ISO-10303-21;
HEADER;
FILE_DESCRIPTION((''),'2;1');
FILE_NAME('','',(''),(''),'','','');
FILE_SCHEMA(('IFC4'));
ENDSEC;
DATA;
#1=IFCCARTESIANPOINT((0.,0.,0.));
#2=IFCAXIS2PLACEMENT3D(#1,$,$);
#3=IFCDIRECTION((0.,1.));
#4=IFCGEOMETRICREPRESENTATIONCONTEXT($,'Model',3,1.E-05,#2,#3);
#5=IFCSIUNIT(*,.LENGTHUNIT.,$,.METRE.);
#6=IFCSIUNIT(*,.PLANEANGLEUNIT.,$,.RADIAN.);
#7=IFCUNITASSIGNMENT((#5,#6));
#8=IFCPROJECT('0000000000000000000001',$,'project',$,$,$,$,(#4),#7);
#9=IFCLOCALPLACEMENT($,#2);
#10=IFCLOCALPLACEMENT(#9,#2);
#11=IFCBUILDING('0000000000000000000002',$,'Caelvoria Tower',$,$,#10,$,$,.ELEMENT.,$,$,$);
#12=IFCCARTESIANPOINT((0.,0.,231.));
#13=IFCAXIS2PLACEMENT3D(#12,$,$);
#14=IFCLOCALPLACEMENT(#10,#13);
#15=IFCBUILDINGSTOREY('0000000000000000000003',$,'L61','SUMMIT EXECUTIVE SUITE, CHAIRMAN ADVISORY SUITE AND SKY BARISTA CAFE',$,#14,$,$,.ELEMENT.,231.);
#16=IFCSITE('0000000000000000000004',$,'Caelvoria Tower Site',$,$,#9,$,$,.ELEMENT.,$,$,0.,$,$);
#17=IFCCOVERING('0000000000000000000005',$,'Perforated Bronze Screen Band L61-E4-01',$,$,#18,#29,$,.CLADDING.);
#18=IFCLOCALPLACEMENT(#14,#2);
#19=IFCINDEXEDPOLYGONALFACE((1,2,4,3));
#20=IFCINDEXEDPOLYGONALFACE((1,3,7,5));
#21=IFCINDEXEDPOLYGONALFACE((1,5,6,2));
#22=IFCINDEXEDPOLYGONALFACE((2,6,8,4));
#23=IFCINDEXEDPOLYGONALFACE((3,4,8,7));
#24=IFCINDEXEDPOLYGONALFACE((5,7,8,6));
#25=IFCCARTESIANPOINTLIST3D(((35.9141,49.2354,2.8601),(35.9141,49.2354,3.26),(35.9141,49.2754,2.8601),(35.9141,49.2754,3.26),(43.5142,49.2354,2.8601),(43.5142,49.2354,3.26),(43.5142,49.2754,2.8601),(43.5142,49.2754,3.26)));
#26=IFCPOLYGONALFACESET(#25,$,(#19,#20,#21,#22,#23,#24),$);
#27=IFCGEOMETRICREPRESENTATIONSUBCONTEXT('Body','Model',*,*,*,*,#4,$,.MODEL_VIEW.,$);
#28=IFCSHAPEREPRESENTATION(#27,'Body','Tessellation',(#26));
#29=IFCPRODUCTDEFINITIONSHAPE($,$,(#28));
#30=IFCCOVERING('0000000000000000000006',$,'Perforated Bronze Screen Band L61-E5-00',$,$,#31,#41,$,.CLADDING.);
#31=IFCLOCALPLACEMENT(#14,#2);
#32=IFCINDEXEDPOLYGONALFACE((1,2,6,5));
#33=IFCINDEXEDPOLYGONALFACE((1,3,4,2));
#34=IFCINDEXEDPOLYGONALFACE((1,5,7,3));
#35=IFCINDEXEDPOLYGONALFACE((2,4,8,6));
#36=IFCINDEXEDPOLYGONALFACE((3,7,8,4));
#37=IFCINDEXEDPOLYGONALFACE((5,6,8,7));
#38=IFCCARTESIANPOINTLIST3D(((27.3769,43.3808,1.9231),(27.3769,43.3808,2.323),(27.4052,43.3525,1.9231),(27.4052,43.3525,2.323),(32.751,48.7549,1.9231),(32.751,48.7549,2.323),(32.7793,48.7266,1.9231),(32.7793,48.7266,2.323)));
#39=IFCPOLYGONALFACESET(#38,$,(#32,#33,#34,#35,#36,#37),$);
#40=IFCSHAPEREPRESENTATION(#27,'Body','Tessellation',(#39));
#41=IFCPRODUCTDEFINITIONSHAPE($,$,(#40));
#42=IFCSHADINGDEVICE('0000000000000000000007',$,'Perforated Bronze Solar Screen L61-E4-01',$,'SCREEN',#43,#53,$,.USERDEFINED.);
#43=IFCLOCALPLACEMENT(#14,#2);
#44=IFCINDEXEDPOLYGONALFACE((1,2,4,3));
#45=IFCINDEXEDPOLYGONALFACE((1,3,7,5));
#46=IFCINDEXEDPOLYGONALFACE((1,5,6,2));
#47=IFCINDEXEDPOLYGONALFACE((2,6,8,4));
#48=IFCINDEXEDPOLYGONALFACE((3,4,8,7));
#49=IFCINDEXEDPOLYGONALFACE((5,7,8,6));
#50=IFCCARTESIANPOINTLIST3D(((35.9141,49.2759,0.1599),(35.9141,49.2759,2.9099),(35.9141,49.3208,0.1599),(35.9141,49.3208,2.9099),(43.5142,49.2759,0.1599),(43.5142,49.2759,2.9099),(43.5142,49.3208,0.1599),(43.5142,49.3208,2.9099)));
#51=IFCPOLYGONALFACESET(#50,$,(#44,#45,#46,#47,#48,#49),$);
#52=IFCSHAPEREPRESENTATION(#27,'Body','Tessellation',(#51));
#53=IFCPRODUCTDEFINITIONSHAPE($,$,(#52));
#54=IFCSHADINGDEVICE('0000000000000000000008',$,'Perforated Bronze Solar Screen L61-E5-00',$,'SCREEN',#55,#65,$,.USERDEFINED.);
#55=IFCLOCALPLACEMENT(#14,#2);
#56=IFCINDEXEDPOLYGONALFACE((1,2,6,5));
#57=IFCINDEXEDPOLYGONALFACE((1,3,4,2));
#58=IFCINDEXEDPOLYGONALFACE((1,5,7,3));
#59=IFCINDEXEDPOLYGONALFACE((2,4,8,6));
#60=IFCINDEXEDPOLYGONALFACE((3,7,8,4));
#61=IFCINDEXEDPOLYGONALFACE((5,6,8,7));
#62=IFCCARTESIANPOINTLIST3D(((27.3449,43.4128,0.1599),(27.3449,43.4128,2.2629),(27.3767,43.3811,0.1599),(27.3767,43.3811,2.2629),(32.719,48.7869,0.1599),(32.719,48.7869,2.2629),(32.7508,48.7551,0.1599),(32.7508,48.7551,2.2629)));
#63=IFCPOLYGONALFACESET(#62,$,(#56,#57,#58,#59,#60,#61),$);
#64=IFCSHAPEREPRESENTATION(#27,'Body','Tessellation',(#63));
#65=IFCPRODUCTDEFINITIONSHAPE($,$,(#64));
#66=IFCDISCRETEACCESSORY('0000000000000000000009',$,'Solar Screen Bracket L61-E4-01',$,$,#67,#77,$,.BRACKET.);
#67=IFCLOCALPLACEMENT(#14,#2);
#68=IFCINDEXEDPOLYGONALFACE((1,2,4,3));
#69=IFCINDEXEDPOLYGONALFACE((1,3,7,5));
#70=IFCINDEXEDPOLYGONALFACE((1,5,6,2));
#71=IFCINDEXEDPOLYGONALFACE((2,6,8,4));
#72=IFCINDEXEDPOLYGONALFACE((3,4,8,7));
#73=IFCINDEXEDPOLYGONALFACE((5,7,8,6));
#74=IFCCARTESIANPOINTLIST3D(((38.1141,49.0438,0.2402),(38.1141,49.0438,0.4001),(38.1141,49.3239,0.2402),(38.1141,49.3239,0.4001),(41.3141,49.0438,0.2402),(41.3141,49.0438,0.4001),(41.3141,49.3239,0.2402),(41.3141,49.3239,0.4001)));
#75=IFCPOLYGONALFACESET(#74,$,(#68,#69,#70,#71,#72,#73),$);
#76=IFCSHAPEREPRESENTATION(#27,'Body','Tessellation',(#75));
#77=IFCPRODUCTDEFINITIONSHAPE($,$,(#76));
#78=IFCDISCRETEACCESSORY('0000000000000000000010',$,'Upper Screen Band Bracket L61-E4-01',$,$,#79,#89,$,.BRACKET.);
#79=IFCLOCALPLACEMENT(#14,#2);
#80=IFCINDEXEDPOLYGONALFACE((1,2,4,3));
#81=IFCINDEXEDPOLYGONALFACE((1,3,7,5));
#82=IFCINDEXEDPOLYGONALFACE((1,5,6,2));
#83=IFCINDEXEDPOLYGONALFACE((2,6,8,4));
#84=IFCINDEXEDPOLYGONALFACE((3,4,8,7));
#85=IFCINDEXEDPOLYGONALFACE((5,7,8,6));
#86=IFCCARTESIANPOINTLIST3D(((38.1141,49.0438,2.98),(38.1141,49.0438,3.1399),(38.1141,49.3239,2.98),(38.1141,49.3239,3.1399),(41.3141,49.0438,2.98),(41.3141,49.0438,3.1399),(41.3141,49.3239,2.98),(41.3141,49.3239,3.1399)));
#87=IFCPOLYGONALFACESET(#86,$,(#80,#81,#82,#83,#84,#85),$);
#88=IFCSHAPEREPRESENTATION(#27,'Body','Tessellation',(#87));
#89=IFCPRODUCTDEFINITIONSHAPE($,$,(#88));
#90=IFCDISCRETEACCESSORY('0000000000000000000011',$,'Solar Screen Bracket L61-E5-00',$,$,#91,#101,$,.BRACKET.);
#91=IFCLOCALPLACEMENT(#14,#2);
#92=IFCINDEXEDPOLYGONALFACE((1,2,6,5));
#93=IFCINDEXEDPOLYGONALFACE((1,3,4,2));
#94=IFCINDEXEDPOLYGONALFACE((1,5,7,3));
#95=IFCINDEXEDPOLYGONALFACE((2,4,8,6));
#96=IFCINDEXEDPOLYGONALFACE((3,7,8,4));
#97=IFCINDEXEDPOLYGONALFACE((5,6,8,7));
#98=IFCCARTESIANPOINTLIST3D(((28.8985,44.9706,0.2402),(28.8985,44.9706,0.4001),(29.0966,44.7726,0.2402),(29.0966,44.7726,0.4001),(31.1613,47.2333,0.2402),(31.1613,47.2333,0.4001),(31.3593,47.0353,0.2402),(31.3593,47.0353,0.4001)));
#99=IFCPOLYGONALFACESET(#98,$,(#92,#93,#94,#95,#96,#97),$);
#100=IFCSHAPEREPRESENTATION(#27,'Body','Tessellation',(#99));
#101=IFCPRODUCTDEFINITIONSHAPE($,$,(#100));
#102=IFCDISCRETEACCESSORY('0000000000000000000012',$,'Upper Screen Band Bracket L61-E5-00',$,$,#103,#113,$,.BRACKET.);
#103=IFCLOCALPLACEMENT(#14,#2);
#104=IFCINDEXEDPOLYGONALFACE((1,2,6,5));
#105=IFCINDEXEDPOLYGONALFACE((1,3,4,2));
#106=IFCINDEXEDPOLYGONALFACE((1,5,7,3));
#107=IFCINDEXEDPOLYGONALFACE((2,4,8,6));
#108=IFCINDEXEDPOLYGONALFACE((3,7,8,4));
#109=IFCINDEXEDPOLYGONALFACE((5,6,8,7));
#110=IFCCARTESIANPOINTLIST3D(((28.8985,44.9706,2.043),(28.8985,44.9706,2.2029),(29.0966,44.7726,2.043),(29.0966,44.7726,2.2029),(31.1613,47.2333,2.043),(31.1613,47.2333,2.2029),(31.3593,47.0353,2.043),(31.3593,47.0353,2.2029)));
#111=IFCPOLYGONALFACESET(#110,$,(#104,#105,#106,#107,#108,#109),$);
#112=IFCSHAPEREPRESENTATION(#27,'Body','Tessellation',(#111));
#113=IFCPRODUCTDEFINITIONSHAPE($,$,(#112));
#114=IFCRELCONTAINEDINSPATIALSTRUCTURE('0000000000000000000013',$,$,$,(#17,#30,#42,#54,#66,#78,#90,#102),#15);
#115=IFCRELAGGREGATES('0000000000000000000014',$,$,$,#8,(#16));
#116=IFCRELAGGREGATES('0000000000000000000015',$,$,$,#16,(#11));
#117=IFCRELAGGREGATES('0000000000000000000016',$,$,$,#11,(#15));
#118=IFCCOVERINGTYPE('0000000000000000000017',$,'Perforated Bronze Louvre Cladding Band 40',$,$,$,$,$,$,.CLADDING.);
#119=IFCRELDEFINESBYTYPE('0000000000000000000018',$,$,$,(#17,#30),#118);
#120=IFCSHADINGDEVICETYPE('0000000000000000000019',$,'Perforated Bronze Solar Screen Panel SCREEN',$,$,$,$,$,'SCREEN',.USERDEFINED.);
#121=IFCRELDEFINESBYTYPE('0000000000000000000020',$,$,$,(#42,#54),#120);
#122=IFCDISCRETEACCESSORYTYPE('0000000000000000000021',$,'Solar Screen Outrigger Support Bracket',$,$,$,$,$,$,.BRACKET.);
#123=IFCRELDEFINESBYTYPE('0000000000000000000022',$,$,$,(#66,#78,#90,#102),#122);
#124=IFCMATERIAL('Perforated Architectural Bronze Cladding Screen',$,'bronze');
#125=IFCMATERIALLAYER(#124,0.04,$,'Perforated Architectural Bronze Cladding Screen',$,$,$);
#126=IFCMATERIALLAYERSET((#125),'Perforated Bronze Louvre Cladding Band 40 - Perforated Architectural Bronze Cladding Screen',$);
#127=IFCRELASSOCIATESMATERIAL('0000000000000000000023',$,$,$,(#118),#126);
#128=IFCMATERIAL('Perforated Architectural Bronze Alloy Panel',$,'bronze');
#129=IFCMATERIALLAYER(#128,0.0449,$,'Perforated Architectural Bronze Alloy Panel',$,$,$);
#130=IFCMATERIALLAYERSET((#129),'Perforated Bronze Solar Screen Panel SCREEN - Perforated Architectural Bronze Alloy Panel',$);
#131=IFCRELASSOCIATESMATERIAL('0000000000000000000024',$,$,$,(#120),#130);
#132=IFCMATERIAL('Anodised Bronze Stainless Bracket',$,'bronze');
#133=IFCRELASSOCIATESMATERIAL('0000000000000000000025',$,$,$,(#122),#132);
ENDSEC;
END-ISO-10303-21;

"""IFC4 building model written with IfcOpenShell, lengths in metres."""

from ifc_helpers import new_model, si_unit, direction, frame, origin, origin_2d, place, context, subcontext, project, spatial, rectangle, extrude, material, layer, layer_set, type_object, element, save


model = new_model("IFC4")

# Units and contexts
model_context = context("Model", 3, precision=1e-05, world=origin(), true_north=direction((0.0, 1.0)))
body_context = subcontext(model_context, "Body", "Model", "MODEL_VIEW")
ifc_project = project(units=[si_unit("LENGTHUNIT", "METRE"), si_unit("PLANEANGLEUNIT", "RADIAN")], contexts=[model_context])

# Site, building, storey
site_placement = place(None, origin())
site = spatial("IfcSite", under=ifc_project, at=site_placement, Name="Caelvoria Tower Site", CompositionType="ELEMENT", RefElevation=0.0)
building_placement = place(site_placement, origin())
building = spatial("IfcBuilding", under=site, at=building_placement, Name="Caelvoria Tower", CompositionType="ELEMENT")
storey_placement = place(building_placement, frame((0.0, 0.0, 231.0)))
storey = spatial("IfcBuildingStorey", under=building, at=storey_placement, Name="L61", Description="SUMMIT EXECUTIVE SUITE, CHAIRMAN ADVISORY SUITE AND SKY BARISTA CAFE", CompositionType="ELEMENT", Elevation=231.0)

# Coverings
ifc_material_1 = material(Name="Perforated Architectural Bronze Cladding Screen", Category="bronze")
ifc_layer_1 = layer(ifc_material_1, 0.04, Name="Perforated Architectural Bronze Cladding Screen")
ifc_layer_set_1 = layer_set([ifc_layer_1], Name="Perforated Bronze Louvre Cladding Band 40 - Perforated Architectural Bronze Cladding Screen")
covering_type = type_object("IfcCoveringType", Name="Perforated Bronze Louvre Cladding Band 40", PredefinedType="CLADDING", material=ifc_layer_set_1)
for number, where, z_axis, x_axis, name in (
    (1, (39.7141, 49.2554, 2.8601), (0.0, 0.0, 1.0), (-1.0, 0.0, 0.0), "Perforated Bronze Screen Band L61-E4-01"),
    (2, (30.0781, 46.0537, 1.9231), (0.0, 0.0, 1.0), (-0.707107, -0.707107, 0.0), "Perforated Bronze Screen Band L61-E5-00"),
):
    element("IfcCovering", number, at=place(storey_placement, frame(where, z_axis=z_axis, x_axis=x_axis)), inside=storey, type_object=covering_type, Name=name, PredefinedType="CLADDING", context=body_context, shape_type="SweptSolid", body=[
        extrude(rectangle(XDim=7.6001, YDim=0.04, at=origin_2d()), origin(), (0.0, 0.0, 1.0), 0.3999),
    ])

# Shading devices
ifc_material_2 = material(Name="Perforated Architectural Bronze Alloy Panel", Category="bronze")
ifc_layer_2 = layer(ifc_material_2, 0.0449, Name="Perforated Architectural Bronze Alloy Panel")
ifc_layer_set_2 = layer_set([ifc_layer_2], Name="Perforated Bronze Solar Screen Panel SCREEN - Perforated Architectural Bronze Alloy Panel")
shading_device_type = type_object("IfcShadingDeviceType", Name="Perforated Bronze Solar Screen Panel SCREEN", ElementType="SCREEN", PredefinedType="USERDEFINED", material=ifc_layer_set_2)
shading_device_1_placement = place(storey_placement, frame((39.7141, 49.2983, 0.1599), z_axis=(0.0, 0.0, 1.0), x_axis=(-1.0, 0.0, 0.0)))
element("IfcShadingDevice", 3, at=shading_device_1_placement, inside=storey, type_object=shading_device_type, Name="Perforated Bronze Solar Screen L61-E4-01", ObjectType="SCREEN", PredefinedType="USERDEFINED", context=body_context, shape_type="SweptSolid", body=[
    extrude(rectangle(XDim=7.6001, YDim=0.0449, at=origin_2d()), origin(), (0.0, 0.0, 1.0), 2.75),
])
shading_device_2_placement = place(storey_placement, frame((30.0479, 46.084, 0.1599), z_axis=(0.0, 0.0, 1.0), x_axis=(-0.707107, -0.707107, 0.0)))
element("IfcShadingDevice", 4, at=shading_device_2_placement, inside=storey, type_object=shading_device_type, Name="Perforated Bronze Solar Screen L61-E5-00", ObjectType="SCREEN", PredefinedType="USERDEFINED", context=body_context, shape_type="SweptSolid", body=[
    extrude(rectangle(XDim=7.6001, YDim=0.0449, at=origin_2d()), origin(), (0.0, 0.0, 1.0), 2.103),
])

# Discrete accessories
ifc_material_3 = material(Name="Anodised Bronze Stainless Bracket", Category="bronze")
discrete_accessory_type = type_object("IfcDiscreteAccessoryType", Name="Solar Screen Outrigger Support Bracket", PredefinedType="BRACKET", material=ifc_material_3)
for number, where, z_axis, x_axis, name in (
    (5, (39.7141, 49.1838, 0.2402), (0.0, 0.0, 1.0), (-1.0, 0.0, 0.0), "Solar Screen Bracket L61-E4-01"),
    (6, (39.7141, 49.1838, 2.98), (0.0, 0.0, 1.0), (-1.0, 0.0, 0.0), "Upper Screen Band Bracket L61-E4-01"),
    (7, (30.1289, 46.0029, 0.2402), (0.0, 0.0, 1.0), (-0.707107, -0.707107, 0.0), "Solar Screen Bracket L61-E5-00"),
    (8, (30.1289, 46.0029, 2.043), (0.0, 0.0, 1.0), (-0.707107, -0.707107, 0.0), "Upper Screen Band Bracket L61-E5-00"),
):
    element("IfcDiscreteAccessory", number, at=place(storey_placement, frame(where, z_axis=z_axis, x_axis=x_axis)), inside=storey, type_object=discrete_accessory_type, Name=name, PredefinedType="BRACKET", context=body_context, shape_type="SweptSolid", body=[
        extrude(rectangle(XDim=3.2, YDim=0.28, at=origin_2d()), origin(), (0.0, 0.0, 1.0), 0.1599),
    ])

save(model, "model.ifc")
